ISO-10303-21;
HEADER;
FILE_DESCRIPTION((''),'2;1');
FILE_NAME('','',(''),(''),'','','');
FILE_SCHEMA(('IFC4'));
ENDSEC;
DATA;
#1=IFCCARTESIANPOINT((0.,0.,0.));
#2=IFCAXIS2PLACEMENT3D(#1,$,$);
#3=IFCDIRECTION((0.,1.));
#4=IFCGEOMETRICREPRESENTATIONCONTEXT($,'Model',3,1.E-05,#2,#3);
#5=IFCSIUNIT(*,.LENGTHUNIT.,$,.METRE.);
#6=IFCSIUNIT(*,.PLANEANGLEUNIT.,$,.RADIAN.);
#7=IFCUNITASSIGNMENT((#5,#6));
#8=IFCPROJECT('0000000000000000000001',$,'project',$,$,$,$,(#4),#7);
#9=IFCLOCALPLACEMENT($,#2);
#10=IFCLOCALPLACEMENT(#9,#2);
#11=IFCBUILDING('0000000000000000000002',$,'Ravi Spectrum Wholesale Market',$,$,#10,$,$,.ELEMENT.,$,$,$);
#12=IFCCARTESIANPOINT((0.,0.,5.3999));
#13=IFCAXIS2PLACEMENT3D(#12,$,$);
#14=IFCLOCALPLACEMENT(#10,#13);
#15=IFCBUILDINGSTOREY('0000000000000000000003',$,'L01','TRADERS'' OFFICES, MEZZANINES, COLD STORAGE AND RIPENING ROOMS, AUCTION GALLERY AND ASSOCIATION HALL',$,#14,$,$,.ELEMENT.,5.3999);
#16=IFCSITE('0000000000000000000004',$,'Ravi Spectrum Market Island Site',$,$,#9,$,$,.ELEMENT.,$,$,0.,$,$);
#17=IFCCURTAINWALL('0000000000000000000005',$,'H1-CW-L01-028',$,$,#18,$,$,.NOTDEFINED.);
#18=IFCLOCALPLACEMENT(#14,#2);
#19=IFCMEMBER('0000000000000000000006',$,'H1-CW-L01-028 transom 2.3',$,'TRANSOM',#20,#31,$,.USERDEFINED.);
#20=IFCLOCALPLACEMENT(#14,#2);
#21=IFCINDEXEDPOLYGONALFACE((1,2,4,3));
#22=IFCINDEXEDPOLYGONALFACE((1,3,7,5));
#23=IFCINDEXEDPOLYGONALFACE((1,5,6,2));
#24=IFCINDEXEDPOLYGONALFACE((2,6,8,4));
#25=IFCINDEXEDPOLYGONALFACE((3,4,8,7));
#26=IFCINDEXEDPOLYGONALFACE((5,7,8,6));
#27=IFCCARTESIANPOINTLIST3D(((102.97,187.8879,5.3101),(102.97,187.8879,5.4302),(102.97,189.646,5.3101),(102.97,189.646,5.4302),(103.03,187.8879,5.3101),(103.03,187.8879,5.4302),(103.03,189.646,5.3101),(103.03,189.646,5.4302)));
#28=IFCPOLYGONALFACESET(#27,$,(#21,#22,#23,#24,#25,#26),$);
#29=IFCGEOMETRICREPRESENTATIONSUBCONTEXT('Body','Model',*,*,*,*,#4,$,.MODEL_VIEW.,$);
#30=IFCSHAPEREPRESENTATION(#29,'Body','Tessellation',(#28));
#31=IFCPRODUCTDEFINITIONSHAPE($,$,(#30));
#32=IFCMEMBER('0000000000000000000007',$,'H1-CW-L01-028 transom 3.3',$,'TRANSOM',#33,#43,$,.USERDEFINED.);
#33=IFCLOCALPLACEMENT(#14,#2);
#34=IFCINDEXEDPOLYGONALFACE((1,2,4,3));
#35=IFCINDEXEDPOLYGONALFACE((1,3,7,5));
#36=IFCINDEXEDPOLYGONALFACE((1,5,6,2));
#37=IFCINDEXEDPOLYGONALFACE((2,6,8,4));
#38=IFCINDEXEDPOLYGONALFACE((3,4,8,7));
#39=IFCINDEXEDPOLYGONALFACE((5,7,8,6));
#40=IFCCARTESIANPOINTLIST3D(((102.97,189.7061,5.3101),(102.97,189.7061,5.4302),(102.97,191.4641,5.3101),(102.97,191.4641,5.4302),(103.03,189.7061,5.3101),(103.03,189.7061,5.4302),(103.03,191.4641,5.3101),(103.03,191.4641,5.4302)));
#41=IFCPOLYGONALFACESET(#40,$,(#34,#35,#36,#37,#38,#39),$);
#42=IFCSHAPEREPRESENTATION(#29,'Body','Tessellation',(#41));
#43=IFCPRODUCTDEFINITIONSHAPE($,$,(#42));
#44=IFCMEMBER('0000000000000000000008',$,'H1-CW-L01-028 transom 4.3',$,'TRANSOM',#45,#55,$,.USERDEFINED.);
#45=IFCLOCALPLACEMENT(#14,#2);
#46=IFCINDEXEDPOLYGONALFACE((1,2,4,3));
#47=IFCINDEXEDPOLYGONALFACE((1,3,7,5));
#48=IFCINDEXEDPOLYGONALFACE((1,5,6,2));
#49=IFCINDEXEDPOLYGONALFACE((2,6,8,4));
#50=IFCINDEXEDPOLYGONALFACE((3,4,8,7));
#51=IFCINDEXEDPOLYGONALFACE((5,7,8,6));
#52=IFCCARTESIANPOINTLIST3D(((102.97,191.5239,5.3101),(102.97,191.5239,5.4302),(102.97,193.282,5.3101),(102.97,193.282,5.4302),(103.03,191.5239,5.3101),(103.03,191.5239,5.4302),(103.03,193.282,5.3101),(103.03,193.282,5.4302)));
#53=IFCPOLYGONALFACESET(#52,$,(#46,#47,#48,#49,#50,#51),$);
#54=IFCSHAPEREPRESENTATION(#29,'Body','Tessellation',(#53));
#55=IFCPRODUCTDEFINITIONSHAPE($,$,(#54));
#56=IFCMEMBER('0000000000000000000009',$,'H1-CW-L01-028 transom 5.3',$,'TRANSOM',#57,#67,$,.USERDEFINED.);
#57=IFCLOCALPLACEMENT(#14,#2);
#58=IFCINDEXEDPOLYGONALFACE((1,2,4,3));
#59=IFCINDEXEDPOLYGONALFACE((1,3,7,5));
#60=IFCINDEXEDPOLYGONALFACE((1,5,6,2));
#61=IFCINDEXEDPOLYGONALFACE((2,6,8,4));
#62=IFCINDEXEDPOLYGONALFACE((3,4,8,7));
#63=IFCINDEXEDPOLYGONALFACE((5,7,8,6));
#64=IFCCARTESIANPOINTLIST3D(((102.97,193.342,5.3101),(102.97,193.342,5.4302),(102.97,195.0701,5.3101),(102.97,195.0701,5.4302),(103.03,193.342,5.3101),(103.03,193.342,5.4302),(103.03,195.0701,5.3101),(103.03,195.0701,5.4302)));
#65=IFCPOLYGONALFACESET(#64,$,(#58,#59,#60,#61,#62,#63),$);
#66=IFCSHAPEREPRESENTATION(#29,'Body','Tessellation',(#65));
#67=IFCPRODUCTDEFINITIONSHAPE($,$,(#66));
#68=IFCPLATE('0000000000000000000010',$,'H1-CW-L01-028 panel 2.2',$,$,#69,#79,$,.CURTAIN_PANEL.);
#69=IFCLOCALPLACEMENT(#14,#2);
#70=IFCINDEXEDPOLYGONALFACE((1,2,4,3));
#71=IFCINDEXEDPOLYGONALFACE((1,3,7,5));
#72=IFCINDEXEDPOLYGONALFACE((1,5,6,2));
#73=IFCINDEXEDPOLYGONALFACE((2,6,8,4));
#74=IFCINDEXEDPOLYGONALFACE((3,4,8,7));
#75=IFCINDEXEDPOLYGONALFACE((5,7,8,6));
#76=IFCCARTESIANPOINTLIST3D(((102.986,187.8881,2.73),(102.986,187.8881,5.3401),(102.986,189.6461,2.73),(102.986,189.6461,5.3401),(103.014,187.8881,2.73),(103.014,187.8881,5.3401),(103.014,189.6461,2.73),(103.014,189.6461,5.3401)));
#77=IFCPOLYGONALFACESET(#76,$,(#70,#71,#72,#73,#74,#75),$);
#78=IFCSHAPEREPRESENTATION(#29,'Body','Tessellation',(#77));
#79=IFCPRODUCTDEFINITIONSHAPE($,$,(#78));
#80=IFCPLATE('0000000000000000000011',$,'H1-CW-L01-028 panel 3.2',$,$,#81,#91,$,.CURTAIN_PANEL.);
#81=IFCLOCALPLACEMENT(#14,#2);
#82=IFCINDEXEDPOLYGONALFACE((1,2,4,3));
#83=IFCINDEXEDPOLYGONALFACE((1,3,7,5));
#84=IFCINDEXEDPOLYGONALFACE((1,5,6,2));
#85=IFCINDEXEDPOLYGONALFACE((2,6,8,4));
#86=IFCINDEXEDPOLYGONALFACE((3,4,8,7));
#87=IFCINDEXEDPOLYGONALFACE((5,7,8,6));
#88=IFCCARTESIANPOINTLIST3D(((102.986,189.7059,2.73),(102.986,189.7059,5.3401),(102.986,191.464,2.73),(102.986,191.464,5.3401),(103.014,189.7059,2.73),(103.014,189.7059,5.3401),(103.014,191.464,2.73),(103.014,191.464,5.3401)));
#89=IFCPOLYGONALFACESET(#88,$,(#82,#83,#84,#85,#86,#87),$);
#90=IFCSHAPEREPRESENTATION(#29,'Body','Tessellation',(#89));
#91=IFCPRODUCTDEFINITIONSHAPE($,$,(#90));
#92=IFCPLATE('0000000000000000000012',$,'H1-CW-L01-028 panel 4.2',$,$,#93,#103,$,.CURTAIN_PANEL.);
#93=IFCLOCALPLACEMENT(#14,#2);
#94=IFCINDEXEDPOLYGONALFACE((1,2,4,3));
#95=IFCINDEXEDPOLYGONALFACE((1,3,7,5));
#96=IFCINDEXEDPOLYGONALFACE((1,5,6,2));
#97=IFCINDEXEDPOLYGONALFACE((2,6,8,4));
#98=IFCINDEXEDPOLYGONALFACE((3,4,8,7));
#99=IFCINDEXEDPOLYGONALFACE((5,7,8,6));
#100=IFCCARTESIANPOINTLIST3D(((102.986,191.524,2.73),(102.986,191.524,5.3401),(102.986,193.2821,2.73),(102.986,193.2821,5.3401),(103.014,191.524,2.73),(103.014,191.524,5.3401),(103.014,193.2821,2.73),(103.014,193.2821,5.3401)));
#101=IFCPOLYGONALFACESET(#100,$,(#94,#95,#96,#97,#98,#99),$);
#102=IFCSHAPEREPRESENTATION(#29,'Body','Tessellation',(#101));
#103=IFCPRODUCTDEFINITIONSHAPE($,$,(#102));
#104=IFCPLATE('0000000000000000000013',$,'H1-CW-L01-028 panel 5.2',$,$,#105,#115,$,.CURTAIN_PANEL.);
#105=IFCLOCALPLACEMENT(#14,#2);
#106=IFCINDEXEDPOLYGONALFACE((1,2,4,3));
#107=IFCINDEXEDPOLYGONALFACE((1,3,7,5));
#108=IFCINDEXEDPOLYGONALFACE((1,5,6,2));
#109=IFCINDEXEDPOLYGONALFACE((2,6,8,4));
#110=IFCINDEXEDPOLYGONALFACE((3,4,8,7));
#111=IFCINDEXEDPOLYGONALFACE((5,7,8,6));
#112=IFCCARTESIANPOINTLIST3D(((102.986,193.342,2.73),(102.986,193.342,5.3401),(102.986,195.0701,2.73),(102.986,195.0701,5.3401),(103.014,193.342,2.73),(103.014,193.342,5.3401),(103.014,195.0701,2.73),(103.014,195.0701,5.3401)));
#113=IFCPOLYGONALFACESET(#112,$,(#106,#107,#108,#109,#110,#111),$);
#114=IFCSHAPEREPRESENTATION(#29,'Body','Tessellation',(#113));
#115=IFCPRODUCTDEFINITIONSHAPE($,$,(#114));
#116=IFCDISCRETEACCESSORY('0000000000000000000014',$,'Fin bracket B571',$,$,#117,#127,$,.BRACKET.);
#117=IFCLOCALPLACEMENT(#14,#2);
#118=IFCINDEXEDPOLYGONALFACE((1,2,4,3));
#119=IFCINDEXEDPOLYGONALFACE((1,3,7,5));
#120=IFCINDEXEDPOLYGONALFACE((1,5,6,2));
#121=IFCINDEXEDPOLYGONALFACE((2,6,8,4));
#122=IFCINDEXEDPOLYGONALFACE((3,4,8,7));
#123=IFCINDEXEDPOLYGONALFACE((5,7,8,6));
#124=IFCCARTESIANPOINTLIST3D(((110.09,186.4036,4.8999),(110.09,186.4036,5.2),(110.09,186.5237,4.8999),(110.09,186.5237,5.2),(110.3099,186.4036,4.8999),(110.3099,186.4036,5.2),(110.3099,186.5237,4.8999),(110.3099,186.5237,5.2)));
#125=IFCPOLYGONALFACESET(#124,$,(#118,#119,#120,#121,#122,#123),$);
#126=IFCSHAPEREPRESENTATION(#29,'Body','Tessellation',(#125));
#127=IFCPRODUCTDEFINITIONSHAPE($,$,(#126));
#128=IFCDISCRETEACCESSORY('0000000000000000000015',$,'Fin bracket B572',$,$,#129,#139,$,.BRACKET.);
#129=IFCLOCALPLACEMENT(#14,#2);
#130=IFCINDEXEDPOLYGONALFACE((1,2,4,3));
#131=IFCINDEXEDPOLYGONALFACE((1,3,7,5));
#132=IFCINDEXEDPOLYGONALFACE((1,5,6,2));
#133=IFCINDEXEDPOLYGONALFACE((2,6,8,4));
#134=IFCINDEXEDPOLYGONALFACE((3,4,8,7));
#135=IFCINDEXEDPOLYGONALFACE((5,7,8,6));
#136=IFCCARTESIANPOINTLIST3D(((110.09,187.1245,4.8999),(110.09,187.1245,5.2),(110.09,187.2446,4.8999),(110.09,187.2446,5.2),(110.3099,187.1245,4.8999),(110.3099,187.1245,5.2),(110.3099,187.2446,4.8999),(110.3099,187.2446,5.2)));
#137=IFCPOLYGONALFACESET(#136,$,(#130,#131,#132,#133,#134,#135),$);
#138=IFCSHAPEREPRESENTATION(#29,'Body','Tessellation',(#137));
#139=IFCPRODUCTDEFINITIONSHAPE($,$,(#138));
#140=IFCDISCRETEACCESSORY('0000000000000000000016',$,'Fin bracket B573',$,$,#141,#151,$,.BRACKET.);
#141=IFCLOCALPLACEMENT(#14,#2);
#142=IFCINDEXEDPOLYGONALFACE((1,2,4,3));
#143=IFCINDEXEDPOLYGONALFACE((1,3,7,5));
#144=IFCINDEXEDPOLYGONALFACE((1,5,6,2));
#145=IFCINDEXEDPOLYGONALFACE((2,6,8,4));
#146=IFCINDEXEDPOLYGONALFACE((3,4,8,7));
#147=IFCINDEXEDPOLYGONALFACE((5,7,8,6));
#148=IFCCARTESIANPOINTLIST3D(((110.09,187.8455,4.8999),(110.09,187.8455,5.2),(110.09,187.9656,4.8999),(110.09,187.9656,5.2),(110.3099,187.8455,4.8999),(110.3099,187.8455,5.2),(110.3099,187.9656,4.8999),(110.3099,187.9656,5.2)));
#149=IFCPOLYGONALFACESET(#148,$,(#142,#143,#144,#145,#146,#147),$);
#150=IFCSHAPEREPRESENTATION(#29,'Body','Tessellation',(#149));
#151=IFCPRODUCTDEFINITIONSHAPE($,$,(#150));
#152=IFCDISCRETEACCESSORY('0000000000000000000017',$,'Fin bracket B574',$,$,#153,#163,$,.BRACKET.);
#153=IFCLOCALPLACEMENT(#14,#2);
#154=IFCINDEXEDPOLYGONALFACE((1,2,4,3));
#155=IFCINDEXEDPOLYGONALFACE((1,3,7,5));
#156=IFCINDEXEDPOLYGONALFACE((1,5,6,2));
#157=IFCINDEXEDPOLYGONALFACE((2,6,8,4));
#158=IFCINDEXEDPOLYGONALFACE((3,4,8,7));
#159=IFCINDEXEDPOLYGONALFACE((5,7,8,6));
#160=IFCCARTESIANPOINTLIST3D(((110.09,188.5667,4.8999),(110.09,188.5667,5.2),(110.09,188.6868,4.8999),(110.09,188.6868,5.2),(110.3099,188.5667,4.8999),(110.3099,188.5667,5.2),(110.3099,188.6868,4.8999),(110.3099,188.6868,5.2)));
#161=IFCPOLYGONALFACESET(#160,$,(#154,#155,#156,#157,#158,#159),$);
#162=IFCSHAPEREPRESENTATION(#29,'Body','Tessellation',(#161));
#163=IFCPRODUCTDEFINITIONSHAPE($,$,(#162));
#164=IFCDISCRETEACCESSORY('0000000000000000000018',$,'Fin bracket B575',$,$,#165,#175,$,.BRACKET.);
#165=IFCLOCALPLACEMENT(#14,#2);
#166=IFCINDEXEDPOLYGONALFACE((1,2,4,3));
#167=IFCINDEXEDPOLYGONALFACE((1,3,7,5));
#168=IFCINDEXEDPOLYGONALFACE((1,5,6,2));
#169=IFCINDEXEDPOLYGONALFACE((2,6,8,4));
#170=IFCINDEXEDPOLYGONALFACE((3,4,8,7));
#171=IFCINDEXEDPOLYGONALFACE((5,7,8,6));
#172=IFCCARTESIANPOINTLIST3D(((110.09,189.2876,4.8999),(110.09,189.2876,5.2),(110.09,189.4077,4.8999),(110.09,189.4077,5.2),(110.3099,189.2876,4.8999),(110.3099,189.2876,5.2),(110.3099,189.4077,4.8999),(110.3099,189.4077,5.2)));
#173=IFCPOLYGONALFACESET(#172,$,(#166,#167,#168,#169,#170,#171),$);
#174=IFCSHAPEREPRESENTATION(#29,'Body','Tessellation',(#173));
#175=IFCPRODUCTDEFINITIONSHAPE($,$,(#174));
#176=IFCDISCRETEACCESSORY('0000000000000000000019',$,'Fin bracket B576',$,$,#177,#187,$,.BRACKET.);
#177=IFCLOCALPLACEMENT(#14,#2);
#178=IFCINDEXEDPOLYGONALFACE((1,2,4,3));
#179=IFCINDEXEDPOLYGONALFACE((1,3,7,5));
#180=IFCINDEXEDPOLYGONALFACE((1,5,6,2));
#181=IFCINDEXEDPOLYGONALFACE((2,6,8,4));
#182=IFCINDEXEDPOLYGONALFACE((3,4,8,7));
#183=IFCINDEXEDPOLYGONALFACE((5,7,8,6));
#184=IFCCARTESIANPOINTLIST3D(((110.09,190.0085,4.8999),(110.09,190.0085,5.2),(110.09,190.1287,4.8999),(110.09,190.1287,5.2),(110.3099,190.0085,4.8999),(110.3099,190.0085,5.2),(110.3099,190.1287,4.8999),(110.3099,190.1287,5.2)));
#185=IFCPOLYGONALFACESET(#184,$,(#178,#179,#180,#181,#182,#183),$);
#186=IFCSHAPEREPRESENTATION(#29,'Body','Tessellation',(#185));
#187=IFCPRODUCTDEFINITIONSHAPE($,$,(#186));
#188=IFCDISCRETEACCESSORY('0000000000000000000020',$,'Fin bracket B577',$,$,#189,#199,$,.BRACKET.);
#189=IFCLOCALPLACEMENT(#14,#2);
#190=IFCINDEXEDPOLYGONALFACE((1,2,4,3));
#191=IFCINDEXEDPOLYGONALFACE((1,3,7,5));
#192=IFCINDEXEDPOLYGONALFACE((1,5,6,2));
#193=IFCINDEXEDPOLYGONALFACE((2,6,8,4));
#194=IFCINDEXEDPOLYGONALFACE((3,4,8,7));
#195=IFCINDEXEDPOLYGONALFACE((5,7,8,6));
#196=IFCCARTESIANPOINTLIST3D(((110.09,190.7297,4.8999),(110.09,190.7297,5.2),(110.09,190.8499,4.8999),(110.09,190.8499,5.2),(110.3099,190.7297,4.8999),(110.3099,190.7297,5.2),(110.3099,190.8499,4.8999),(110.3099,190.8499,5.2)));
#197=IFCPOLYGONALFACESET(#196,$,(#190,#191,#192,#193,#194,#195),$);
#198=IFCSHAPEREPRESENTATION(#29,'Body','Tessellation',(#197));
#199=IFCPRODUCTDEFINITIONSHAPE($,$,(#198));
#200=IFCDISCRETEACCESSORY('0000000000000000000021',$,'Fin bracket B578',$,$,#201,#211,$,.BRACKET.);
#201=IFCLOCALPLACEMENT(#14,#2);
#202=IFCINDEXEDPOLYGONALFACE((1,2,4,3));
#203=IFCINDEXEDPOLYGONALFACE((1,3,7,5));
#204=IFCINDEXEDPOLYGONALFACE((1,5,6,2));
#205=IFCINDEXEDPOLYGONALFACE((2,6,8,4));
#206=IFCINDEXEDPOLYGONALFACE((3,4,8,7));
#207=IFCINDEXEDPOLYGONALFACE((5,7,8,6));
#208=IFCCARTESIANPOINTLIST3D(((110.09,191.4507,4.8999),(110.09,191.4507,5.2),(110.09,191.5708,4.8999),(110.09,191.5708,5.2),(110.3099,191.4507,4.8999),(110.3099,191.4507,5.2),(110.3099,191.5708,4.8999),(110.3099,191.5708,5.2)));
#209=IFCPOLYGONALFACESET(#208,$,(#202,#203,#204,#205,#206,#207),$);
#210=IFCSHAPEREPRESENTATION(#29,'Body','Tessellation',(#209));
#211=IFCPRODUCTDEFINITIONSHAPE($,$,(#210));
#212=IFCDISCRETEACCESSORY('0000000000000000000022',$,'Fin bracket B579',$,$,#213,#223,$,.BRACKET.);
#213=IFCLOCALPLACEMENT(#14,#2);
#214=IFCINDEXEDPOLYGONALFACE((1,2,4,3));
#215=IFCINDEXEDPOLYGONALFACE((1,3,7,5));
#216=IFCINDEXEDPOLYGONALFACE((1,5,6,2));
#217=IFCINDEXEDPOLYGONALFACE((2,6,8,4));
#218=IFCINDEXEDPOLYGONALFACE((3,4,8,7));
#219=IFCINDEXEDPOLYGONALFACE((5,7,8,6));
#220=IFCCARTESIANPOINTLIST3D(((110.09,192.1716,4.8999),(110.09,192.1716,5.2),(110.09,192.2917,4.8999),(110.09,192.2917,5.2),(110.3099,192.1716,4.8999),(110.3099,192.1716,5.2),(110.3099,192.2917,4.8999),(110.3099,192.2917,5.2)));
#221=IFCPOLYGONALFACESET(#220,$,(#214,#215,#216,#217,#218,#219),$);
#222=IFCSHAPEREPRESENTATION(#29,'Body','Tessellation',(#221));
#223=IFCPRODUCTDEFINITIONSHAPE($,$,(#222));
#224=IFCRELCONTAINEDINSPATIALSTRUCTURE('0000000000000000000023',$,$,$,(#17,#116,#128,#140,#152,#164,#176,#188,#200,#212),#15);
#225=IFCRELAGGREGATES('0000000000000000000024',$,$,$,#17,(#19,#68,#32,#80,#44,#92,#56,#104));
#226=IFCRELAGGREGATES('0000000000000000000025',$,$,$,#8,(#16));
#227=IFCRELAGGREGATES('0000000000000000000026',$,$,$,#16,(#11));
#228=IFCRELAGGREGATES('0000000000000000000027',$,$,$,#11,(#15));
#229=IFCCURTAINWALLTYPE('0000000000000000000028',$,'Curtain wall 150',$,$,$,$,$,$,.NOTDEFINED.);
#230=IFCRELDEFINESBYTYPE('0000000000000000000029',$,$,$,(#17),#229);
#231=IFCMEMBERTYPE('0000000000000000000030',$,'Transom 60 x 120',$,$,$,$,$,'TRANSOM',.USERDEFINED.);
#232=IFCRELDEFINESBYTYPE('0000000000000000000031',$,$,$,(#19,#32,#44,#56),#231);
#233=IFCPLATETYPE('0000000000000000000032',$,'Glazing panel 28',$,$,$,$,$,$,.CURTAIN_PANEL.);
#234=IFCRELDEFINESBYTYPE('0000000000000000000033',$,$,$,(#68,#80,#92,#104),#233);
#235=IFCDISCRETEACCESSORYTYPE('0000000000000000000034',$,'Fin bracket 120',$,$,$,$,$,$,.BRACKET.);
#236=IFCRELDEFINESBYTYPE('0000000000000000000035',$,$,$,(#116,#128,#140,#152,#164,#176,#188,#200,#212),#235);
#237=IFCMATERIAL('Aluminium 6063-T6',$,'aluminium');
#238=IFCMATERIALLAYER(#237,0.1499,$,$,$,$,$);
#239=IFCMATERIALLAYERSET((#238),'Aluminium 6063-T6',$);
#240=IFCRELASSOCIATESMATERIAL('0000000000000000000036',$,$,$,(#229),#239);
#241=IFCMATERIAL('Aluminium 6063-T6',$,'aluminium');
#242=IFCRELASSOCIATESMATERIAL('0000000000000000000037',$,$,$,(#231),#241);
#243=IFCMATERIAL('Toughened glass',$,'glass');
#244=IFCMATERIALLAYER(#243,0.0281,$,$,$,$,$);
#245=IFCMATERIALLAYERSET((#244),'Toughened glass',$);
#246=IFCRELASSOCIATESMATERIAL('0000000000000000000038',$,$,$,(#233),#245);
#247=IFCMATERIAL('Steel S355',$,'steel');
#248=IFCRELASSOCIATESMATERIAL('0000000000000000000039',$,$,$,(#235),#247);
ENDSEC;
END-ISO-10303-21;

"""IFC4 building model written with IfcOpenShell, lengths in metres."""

from ifc_helpers import new_model, si_unit, direction, frame, origin, origin_2d, place, context, subcontext, project, spatial, rectangle, extrude, material, layer, layer_set, material_profile, profile_set, type_object, element, aggregate, save


model = new_model("IFC4")

# Units and contexts
model_context = context("Model", 3, precision=1e-05, world=origin(), true_north=direction((0.0, 1.0)))
body_context = subcontext(model_context, "Body", "Model", "MODEL_VIEW")
ifc_project = project(units=[si_unit("LENGTHUNIT", "METRE"), si_unit("PLANEANGLEUNIT", "RADIAN")], contexts=[model_context])

# Site, building, storey
site_placement = place(None, origin())
site = spatial("IfcSite", under=ifc_project, at=site_placement, Name="Ravi Spectrum Market Island Site", CompositionType="ELEMENT", RefElevation=0.0)
building_placement = place(site_placement, origin())
building = spatial("IfcBuilding", under=site, at=building_placement, Name="Ravi Spectrum Wholesale Market", CompositionType="ELEMENT")
storey_placement = place(building_placement, frame((0.0, 0.0, 5.3999)))
storey = spatial("IfcBuildingStorey", under=building, at=storey_placement, Name="L01", Description="TRADERS' OFFICES, MEZZANINES, COLD STORAGE AND RIPENING ROOMS, AUCTION GALLERY AND ASSOCIATION HALL", CompositionType="ELEMENT", Elevation=5.3999)

# Curtain wall, members, plates
ifc_material_1 = material(Name="Aluminium 6063-T6", Category="aluminium")
ifc_layer_1 = layer(ifc_material_1, 0.1499)
ifc_layer_set_1 = layer_set([ifc_layer_1], Name="Aluminium 6063-T6")
curtain_wall_type = type_object("IfcCurtainWallType", Name="Curtain wall 150", PredefinedType="NOTDEFINED", material=ifc_layer_set_1)
curtain_wall_placement = place(storey_placement, origin())
curtain_wall = element("IfcCurtainWall", 1, at=curtain_wall_placement, inside=storey, type_object=curtain_wall_type, Name="H1-CW-L01-028", PredefinedType="NOTDEFINED")
ifc_material_2 = material(Name="Aluminium 6063-T6", Category="aluminium")
ifc_material_profile_1 = material_profile(ifc_material_2, rectangle(XDim=0.0601, YDim=0.1201, at=origin_2d()))
ifc_profile_set_1 = profile_set([ifc_material_profile_1], Name="Aluminium 6063-T6")
member_type = type_object("IfcMemberType", Name="Transom 60 x 120", ElementType="TRANSOM", PredefinedType="USERDEFINED", material=ifc_profile_set_1)
member_1_placement = place(storey_placement, frame((103.0, 187.8879, 5.3701), z_axis=(0.0, 1.0, 0.0), x_axis=(-1.0, 0.0, 0.0)))
member_1 = element("IfcMember", 2, at=member_1_placement, type_object=member_type, Name="H1-CW-L01-028 transom 2.3", ObjectType="TRANSOM", PredefinedType="USERDEFINED", context=body_context, shape_type="SweptSolid", body=[
    extrude(rectangle(XDim=0.0601, YDim=0.1201, at=origin_2d()), origin(), (0.0, 0.0, 1.0), 1.7581),
])
member_2_placement = place(storey_placement, frame((103.0, 189.7061, 5.3701), z_axis=(0.0, 1.0, 0.0), x_axis=(-1.0, 0.0, 0.0)))
member_2 = element("IfcMember", 3, at=member_2_placement, type_object=member_type, Name="H1-CW-L01-028 transom 3.3", ObjectType="TRANSOM", PredefinedType="USERDEFINED", context=body_context, shape_type="SweptSolid", body=[
    extrude(rectangle(XDim=0.0601, YDim=0.1201, at=origin_2d()), origin(), (0.0, 0.0, 1.0), 1.7581),
])
member_3_placement = place(storey_placement, frame((103.0, 191.5239, 5.3701), z_axis=(0.0, 1.0, 0.0), x_axis=(-1.0, 0.0, 0.0)))
member_3 = element("IfcMember", 4, at=member_3_placement, type_object=member_type, Name="H1-CW-L01-028 transom 4.3", ObjectType="TRANSOM", PredefinedType="USERDEFINED", context=body_context, shape_type="SweptSolid", body=[
    extrude(rectangle(XDim=0.0601, YDim=0.1201, at=origin_2d()), origin(), (0.0, 0.0, 1.0), 1.7581),
])
member_4_placement = place(storey_placement, frame((103.0, 193.342, 5.3701), z_axis=(0.0, 1.0, 0.0), x_axis=(-1.0, 0.0, 0.0)))
member_4 = element("IfcMember", 5, at=member_4_placement, type_object=member_type, Name="H1-CW-L01-028 transom 5.3", ObjectType="TRANSOM", PredefinedType="USERDEFINED", context=body_context, shape_type="SweptSolid", body=[
    extrude(rectangle(XDim=0.0601, YDim=0.1201, at=origin_2d()), origin(), (0.0, 0.0, 1.0), 1.728),
])
ifc_material_3 = material(Name="Toughened glass", Category="glass")
ifc_layer_2 = layer(ifc_material_3, 0.0281)
ifc_layer_set_2 = layer_set([ifc_layer_2], Name="Toughened glass")
plate_type = type_object("IfcPlateType", Name="Glazing panel 28", PredefinedType="CURTAIN_PANEL", material=ifc_layer_set_2)
plate_1_placement = place(storey_placement, frame((103.0, 188.7671, 2.73), z_axis=(0.0, 0.0, 1.0), x_axis=(0.0, 1.0, 0.0)))
plate_1 = element("IfcPlate", 6, at=plate_1_placement, type_object=plate_type, Name="H1-CW-L01-028 panel 2.2", PredefinedType="CURTAIN_PANEL", context=body_context, shape_type="SweptSolid", body=[
    extrude(rectangle(XDim=1.7581, YDim=0.0281, at=origin_2d()), origin(), (0.0, 0.0, 1.0), 2.6101),
])
plate_2_placement = place(storey_placement, frame((103.0, 190.585, 2.73), z_axis=(0.0, 0.0, 1.0), x_axis=(0.0, 1.0, 0.0)))
plate_2 = element("IfcPlate", 7, at=plate_2_placement, type_object=plate_type, Name="H1-CW-L01-028 panel 3.2", PredefinedType="CURTAIN_PANEL", context=body_context, shape_type="SweptSolid", body=[
    extrude(rectangle(XDim=1.7581, YDim=0.0281, at=origin_2d()), origin(), (0.0, 0.0, 1.0), 2.6101),
])
plate_3_placement = place(storey_placement, frame((103.0, 192.4031, 2.73), z_axis=(0.0, 0.0, 1.0), x_axis=(0.0, 1.0, 0.0)))
plate_3 = element("IfcPlate", 8, at=plate_3_placement, type_object=plate_type, Name="H1-CW-L01-028 panel 4.2", PredefinedType="CURTAIN_PANEL", context=body_context, shape_type="SweptSolid", body=[
    extrude(rectangle(XDim=1.7581, YDim=0.0281, at=origin_2d()), origin(), (0.0, 0.0, 1.0), 2.6101),
])
plate_4_placement = place(storey_placement, frame((103.0, 194.2061, 2.73), z_axis=(0.0, 0.0, 1.0), x_axis=(0.0, 1.0, 0.0)))
plate_4 = element("IfcPlate", 9, at=plate_4_placement, type_object=plate_type, Name="H1-CW-L01-028 panel 5.2", PredefinedType="CURTAIN_PANEL", context=body_context, shape_type="SweptSolid", body=[
    extrude(rectangle(XDim=1.728, YDim=0.0281, at=origin_2d()), origin(), (0.0, 0.0, 1.0), 2.6101),
])
aggregate(curtain_wall, [member_1, plate_1, member_2, plate_2, member_3, plate_3, member_4, plate_4])

# Discrete accessories
ifc_material_4 = material(Name="Steel S355", Category="steel")
discrete_accessory_type_1 = type_object("IfcDiscreteAccessoryType", Name="Fin bracket 120", PredefinedType="BRACKET", material=ifc_material_4)
for number, where, z_axis, x_axis, name in (
    (10, (110.2, 186.4636, 4.8999), (0.0, 0.0, 1.0), (0.0, 1.0, 0.0), "Fin bracket B571"),
    (11, (110.2, 187.1846, 4.8999), (0.0, 0.0, 1.0), (0.0, 1.0, 0.0), "Fin bracket B572"),
    (12, (110.2, 187.9055, 4.8999), (0.0, 0.0, 1.0), (0.0, 1.0, 0.0), "Fin bracket B573"),
    (13, (110.2, 188.6267, 4.8999), (0.0, 0.0, 1.0), (0.0, 1.0, 0.0), "Fin bracket B574"),
    (14, (110.2, 189.3477, 4.8999), (0.0, 0.0, 1.0), (0.0, 1.0, 0.0), "Fin bracket B575"),
    (15, (110.2, 190.0686, 4.8999), (0.0, 0.0, 1.0), (0.0, 1.0, 0.0), "Fin bracket B576"),
    (16, (110.2, 190.7898, 4.8999), (0.0, 0.0, 1.0), (0.0, 1.0, 0.0), "Fin bracket B577"),
    (17, (110.2, 191.5107, 4.8999), (0.0, 0.0, 1.0), (0.0, 1.0, 0.0), "Fin bracket B578"),
    (18, (110.2, 192.2317, 4.8999), (0.0, 0.0, 1.0), (0.0, 1.0, 0.0), "Fin bracket B579"),
):
    element("IfcDiscreteAccessory", number, at=place(storey_placement, frame(where, z_axis=z_axis, x_axis=x_axis)), inside=storey, type_object=discrete_accessory_type_1, Name=name, PredefinedType="BRACKET", context=body_context, shape_type="SweptSolid", body=[
        extrude(rectangle(XDim=0.1201, YDim=0.22, at=origin_2d()), origin(), (0.0, 0.0, 1.0), 0.3),
    ])

save(model, "model.ifc")
